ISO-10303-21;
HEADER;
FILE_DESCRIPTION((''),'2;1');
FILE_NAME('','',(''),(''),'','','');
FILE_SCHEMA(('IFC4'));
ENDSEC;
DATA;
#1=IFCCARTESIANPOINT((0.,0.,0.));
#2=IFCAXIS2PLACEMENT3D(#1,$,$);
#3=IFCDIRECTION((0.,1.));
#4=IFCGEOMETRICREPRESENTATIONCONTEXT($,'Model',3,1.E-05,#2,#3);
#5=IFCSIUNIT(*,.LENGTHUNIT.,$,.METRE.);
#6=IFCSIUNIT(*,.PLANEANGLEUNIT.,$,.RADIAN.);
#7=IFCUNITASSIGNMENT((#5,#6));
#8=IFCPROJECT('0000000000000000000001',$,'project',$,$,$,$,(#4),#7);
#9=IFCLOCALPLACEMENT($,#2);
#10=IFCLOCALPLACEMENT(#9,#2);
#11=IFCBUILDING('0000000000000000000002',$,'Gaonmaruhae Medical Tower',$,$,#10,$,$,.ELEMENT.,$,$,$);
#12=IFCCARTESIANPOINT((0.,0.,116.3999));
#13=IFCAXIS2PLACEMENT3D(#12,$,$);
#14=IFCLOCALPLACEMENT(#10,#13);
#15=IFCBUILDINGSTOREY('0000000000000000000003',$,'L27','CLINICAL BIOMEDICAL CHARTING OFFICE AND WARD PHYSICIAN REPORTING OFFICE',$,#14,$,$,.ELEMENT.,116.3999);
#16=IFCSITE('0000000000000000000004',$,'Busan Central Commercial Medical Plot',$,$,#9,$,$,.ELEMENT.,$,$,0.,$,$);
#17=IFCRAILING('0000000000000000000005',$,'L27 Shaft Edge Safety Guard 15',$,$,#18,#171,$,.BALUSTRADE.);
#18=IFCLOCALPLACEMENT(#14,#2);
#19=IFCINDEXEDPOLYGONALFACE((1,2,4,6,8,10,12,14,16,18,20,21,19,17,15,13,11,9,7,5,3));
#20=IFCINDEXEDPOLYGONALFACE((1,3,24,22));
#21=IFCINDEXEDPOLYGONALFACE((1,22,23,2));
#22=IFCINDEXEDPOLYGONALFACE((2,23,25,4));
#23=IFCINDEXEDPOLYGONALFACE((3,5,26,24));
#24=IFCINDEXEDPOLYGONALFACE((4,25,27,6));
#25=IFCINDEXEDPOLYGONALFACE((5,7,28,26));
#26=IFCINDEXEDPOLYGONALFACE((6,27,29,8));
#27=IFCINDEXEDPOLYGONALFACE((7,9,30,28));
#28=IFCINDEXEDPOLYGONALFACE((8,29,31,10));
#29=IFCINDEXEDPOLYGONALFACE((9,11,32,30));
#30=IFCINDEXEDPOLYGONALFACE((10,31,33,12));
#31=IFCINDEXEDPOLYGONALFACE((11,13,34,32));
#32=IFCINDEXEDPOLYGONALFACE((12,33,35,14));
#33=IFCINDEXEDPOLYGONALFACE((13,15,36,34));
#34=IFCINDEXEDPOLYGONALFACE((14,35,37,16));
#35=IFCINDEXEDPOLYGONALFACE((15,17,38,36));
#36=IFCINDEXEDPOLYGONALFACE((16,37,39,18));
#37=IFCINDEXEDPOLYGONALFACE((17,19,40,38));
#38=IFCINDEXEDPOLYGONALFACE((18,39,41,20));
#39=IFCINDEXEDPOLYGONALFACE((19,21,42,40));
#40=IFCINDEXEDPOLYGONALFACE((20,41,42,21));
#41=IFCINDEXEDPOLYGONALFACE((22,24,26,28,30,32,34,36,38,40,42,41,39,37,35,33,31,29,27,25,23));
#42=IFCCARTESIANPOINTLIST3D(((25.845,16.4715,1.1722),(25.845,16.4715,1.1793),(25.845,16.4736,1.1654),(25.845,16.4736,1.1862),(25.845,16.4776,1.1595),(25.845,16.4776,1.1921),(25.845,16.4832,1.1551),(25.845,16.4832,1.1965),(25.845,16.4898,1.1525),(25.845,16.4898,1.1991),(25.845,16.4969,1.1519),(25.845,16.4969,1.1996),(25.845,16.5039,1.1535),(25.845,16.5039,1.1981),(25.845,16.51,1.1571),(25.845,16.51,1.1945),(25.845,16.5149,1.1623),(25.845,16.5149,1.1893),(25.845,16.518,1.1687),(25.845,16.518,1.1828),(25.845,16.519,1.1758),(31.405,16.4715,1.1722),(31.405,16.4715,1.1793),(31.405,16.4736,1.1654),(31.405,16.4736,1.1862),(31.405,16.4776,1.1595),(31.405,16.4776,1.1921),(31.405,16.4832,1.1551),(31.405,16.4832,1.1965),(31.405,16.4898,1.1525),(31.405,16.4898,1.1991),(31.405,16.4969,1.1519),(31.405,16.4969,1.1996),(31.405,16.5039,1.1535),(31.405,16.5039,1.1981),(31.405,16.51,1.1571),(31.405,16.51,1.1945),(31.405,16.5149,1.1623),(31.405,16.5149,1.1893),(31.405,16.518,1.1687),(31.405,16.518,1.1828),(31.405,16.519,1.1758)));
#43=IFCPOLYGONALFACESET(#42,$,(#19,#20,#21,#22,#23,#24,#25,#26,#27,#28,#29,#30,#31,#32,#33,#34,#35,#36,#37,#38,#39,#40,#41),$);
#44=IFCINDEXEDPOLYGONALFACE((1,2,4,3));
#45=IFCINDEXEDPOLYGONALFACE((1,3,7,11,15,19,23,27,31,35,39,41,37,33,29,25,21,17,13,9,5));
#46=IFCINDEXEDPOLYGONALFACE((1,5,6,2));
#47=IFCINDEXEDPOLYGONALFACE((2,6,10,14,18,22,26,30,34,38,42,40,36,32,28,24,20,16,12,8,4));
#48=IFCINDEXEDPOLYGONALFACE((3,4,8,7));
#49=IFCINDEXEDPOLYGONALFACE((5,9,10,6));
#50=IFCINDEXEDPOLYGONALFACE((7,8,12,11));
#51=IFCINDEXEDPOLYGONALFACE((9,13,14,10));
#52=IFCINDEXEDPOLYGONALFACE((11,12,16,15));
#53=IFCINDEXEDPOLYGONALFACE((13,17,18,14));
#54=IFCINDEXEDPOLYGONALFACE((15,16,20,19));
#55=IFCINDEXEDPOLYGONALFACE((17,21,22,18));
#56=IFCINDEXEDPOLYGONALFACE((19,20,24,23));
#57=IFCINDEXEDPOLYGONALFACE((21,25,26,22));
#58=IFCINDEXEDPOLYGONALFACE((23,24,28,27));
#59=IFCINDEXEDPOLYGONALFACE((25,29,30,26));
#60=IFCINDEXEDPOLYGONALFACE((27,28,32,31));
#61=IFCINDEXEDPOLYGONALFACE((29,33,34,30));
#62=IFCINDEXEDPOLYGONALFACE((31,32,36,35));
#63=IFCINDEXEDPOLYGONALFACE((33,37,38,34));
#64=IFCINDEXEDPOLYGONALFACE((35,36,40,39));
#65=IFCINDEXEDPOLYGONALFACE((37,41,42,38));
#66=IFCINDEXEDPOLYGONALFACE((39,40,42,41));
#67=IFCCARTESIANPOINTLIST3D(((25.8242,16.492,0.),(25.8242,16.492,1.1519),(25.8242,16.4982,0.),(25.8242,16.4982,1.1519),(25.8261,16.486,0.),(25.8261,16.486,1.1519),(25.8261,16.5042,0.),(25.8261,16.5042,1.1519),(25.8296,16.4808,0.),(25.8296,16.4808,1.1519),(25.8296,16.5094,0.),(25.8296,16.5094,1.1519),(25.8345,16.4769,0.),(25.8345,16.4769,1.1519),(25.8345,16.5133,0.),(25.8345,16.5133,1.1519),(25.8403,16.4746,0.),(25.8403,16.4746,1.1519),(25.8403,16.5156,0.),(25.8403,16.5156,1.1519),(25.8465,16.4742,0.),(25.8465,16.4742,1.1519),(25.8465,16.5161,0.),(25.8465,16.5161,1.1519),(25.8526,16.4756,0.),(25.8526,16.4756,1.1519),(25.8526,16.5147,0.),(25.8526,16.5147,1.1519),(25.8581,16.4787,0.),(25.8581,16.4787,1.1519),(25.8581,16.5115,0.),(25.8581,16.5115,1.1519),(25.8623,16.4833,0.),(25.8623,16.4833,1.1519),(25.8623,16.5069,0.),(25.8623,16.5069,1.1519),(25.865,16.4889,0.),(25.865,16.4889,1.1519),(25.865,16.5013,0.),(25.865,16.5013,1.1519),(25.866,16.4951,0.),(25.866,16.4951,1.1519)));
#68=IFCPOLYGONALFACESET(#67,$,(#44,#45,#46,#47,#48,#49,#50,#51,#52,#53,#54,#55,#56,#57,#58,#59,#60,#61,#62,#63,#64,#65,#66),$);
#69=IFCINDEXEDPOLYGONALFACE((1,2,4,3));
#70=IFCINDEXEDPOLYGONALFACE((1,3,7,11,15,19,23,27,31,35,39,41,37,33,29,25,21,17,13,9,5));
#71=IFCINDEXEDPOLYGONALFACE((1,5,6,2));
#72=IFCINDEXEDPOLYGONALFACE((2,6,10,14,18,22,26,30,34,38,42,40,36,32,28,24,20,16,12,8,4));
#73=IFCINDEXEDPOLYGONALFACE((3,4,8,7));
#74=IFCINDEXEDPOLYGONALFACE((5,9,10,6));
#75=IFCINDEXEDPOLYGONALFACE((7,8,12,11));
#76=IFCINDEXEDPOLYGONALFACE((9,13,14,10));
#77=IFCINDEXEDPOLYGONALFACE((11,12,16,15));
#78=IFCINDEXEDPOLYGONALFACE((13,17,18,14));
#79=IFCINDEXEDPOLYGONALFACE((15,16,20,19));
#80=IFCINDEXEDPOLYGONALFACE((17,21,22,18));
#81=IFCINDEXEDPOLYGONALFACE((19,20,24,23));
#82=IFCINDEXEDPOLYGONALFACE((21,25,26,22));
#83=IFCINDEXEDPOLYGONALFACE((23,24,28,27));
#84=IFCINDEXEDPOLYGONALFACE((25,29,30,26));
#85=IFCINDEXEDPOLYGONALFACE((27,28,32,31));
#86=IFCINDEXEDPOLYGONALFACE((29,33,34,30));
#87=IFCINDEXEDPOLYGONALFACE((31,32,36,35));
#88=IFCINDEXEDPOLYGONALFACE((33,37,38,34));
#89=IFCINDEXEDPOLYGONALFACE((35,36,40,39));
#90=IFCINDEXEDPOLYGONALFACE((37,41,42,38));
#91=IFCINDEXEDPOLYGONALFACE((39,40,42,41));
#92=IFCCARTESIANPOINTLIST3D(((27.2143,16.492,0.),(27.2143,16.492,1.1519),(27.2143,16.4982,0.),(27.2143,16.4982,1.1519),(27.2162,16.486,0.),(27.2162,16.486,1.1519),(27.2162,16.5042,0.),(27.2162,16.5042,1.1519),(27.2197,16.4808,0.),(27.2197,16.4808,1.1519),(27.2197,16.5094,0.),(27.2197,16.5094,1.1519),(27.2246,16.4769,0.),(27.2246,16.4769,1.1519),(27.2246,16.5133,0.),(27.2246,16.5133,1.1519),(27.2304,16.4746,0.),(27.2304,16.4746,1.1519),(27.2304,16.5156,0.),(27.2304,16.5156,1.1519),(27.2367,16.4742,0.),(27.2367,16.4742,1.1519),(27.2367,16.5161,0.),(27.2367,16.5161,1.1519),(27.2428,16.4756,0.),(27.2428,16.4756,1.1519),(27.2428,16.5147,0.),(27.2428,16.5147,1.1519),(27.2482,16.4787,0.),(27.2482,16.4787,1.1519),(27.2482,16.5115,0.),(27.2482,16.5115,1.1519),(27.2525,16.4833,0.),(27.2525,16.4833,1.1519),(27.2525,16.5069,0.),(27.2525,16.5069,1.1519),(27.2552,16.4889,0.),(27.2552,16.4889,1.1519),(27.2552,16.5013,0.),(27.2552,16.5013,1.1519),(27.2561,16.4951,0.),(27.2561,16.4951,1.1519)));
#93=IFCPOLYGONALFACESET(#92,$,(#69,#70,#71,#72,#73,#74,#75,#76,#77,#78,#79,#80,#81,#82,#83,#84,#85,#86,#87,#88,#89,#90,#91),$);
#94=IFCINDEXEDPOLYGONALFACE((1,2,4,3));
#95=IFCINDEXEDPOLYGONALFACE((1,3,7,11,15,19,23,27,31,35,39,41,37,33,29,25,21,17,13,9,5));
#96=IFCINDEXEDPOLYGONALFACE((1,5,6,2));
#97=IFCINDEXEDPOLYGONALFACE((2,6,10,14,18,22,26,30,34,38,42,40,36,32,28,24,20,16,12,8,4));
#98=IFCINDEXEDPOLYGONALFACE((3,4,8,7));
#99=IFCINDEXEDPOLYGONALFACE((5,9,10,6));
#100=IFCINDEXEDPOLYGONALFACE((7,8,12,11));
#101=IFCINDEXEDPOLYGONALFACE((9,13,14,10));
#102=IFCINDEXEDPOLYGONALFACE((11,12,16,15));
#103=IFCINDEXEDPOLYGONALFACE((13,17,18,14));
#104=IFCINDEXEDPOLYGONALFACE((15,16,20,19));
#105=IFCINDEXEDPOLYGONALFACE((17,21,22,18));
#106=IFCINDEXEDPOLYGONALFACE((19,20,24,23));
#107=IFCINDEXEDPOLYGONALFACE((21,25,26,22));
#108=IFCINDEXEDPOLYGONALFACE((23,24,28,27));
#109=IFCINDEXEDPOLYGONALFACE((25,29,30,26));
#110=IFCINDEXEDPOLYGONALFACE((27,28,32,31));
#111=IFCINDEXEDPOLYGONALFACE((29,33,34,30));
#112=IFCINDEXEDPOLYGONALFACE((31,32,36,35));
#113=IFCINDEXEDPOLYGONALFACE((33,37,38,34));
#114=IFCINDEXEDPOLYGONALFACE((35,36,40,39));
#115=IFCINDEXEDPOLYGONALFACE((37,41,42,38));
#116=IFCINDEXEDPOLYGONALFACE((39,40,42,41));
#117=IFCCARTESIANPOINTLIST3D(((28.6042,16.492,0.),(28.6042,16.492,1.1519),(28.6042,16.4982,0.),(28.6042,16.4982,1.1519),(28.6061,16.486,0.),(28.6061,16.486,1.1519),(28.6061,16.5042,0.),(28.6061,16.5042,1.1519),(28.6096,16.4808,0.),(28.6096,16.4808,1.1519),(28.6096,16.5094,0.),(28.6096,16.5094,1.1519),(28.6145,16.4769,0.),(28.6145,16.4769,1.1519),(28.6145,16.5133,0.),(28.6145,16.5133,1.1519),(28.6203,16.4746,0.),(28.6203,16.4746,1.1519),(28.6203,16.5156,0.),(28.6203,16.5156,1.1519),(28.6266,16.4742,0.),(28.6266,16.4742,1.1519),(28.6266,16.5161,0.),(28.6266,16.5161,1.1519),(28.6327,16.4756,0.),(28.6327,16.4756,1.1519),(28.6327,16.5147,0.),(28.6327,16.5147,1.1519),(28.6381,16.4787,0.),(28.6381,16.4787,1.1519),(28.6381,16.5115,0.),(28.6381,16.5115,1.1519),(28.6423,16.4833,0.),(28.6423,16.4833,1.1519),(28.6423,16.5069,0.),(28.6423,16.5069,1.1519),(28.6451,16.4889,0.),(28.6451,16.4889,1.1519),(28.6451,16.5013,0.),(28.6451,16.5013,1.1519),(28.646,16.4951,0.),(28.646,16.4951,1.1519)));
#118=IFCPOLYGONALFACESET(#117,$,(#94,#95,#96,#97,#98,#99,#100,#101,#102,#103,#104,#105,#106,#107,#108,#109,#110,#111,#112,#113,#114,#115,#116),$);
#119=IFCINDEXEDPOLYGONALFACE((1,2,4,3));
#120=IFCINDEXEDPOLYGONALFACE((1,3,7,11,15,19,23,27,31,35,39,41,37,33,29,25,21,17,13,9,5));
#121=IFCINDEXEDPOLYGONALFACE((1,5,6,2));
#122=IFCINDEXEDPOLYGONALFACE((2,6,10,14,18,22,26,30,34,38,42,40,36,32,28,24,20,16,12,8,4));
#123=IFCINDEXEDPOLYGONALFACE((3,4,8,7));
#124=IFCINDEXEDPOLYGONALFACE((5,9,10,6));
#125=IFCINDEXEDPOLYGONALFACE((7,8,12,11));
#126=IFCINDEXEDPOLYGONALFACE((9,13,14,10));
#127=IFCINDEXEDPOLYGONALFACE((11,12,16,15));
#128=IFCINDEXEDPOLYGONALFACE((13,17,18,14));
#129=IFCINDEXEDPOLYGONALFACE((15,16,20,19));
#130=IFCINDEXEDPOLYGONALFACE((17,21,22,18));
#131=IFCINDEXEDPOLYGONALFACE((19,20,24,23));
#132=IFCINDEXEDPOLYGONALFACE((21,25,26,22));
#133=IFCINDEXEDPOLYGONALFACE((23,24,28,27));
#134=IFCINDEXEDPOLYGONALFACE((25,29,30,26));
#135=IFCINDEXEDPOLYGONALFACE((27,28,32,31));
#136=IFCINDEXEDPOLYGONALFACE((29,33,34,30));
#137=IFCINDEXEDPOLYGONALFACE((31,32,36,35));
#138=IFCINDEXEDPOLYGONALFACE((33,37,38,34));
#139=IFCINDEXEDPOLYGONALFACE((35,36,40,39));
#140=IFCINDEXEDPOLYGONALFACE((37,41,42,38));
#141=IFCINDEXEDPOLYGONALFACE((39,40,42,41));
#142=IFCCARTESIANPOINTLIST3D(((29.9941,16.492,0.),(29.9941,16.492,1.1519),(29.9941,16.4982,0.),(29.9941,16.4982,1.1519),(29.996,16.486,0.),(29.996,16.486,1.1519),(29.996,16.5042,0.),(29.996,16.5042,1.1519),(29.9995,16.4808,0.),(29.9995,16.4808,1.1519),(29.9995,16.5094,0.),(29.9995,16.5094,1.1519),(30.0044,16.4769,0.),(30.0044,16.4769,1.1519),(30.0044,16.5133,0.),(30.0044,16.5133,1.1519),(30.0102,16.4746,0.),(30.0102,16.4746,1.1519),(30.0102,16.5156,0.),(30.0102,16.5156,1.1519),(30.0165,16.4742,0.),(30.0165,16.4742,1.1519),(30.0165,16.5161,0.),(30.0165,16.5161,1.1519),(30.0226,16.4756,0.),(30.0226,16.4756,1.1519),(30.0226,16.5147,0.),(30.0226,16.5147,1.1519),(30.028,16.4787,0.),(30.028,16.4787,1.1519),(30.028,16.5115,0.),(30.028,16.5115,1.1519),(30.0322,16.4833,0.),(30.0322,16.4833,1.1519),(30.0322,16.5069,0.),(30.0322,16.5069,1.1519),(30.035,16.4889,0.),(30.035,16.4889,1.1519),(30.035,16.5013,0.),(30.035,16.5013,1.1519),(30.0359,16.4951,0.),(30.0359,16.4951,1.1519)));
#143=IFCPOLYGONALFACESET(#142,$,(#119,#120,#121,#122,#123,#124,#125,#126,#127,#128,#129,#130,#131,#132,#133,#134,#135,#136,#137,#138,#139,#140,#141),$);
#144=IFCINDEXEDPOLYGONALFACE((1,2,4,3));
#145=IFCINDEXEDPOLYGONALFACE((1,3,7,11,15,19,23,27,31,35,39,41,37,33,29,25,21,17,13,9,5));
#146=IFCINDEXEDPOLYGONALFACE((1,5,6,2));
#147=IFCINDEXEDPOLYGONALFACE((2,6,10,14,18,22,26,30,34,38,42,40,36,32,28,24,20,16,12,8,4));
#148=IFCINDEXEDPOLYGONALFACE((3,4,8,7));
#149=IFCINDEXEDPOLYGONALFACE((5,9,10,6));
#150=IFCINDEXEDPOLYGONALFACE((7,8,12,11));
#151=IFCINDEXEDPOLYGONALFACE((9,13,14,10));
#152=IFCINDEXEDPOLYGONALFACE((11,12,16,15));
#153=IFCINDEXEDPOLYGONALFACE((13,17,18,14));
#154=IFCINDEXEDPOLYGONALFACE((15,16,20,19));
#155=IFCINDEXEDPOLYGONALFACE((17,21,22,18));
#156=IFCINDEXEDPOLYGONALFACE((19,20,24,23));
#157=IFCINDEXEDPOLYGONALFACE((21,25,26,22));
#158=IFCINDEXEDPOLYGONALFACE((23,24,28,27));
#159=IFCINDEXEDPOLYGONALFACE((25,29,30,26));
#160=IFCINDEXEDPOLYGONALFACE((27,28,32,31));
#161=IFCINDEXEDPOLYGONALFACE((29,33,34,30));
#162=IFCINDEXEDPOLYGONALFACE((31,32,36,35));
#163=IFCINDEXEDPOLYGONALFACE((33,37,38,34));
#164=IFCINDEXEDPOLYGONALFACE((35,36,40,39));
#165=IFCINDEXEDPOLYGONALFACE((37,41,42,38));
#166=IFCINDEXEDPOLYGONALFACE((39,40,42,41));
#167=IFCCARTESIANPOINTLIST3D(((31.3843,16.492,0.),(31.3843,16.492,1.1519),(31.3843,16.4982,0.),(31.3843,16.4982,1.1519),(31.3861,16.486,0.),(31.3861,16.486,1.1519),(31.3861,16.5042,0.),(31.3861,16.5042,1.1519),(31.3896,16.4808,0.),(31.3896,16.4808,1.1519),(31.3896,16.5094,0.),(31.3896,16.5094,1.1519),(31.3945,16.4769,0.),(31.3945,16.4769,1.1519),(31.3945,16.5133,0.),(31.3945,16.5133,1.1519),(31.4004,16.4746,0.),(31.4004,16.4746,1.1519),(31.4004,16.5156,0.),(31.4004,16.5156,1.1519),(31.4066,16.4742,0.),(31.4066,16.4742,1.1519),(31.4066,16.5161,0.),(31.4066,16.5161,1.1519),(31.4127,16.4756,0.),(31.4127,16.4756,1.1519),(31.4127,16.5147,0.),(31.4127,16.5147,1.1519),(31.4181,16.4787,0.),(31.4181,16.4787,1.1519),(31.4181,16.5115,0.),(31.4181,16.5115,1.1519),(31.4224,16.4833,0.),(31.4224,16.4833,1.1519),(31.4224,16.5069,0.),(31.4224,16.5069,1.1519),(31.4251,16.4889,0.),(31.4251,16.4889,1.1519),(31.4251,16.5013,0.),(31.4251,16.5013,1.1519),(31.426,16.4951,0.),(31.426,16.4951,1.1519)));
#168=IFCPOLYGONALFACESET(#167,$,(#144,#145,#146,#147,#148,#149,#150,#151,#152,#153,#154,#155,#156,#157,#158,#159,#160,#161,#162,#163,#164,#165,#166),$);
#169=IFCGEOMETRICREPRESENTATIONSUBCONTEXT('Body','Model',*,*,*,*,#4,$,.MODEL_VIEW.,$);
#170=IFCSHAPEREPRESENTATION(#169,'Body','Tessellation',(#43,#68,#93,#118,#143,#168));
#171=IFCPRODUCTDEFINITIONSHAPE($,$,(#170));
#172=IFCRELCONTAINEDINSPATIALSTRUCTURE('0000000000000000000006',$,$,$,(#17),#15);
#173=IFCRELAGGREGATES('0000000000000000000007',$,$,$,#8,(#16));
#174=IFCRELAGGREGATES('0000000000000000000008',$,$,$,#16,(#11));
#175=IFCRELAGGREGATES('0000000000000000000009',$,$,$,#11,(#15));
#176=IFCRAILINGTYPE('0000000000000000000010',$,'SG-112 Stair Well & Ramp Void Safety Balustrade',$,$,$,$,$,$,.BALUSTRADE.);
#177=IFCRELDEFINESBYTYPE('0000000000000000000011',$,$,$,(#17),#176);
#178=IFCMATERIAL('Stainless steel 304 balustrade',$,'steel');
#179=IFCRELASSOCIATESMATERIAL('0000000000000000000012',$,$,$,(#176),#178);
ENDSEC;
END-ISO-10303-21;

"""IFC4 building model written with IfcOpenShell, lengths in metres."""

from ifc_helpers import new_model, si_unit, direction, frame, origin, origin_2d, place, context, subcontext, project, spatial, circle, extrude, material, type_object, element, save


model = new_model("IFC4")

# Units and contexts
model_context = context("Model", 3, precision=1e-05, world=origin(), true_north=direction((0.0, 1.0)))
body_context = subcontext(model_context, "Body", "Model", "MODEL_VIEW")
ifc_project = project(units=[si_unit("LENGTHUNIT", "METRE"), si_unit("PLANEANGLEUNIT", "RADIAN")], contexts=[model_context])

# Site, building, storey
site_placement = place(None, origin())
site = spatial("IfcSite", under=ifc_project, at=site_placement, Name="Busan Central Commercial Medical Plot", CompositionType="ELEMENT", RefElevation=0.0)
building_placement = place(site_placement, origin())
building = spatial("IfcBuilding", under=site, at=building_placement, Name="Gaonmaruhae Medical Tower", CompositionType="ELEMENT")
storey_placement = place(building_placement, frame((0.0, 0.0, 116.3999)))
storey = spatial("IfcBuildingStorey", under=building, at=storey_placement, Name="L27", Description="CLINICAL BIOMEDICAL CHARTING OFFICE AND WARD PHYSICIAN REPORTING OFFICE", CompositionType="ELEMENT", Elevation=116.3999)

# Railing
ifc_material_1 = material(Name="Stainless steel 304 balustrade", Category="steel")
railing_type_1 = type_object("IfcRailingType", Name="SG-112 Stair Well & Ramp Void Safety Balustrade", PredefinedType="BALUSTRADE", material=ifc_material_1)
railing_1_placement = place(storey_placement, frame((25.845, 16.4951, 0.0)))
element("IfcRailing", 1, at=railing_1_placement, inside=storey, type_object=railing_type_1, Name="L27 Shaft Edge Safety Guard 15", PredefinedType="BALUSTRADE", context=body_context, shape_type="SweptSolid", body=[
    extrude(circle(Radius=0.0239, at=origin_2d()), frame((0.0, 0.0, 1.1758), z_axis=(1.0, 0.0, 0.0), x_axis=(0.0, 1.0, 0.0)), (0.0, 0.0, 1.0), 5.5601),
    extrude(circle(Radius=0.021, at=origin_2d()), origin(), (0.0, 0.0, 1.0), 1.1519),
    extrude(circle(Radius=0.021, at=origin_2d()), frame((1.3901, 0.0, 0.0)), (0.0, 0.0, 1.0), 1.1519),
    extrude(circle(Radius=0.021, at=origin_2d()), frame((2.78, 0.0, 0.0)), (0.0, 0.0, 1.0), 1.1519),
    extrude(circle(Radius=0.021, at=origin_2d()), frame((4.1699, 0.0, 0.0)), (0.0, 0.0, 1.0), 1.1519),
    extrude(circle(Radius=0.021, at=origin_2d()), frame((5.5601, 0.0, 0.0)), (0.0, 0.0, 1.0), 1.1519),
])

save(model, "model.ifc")
